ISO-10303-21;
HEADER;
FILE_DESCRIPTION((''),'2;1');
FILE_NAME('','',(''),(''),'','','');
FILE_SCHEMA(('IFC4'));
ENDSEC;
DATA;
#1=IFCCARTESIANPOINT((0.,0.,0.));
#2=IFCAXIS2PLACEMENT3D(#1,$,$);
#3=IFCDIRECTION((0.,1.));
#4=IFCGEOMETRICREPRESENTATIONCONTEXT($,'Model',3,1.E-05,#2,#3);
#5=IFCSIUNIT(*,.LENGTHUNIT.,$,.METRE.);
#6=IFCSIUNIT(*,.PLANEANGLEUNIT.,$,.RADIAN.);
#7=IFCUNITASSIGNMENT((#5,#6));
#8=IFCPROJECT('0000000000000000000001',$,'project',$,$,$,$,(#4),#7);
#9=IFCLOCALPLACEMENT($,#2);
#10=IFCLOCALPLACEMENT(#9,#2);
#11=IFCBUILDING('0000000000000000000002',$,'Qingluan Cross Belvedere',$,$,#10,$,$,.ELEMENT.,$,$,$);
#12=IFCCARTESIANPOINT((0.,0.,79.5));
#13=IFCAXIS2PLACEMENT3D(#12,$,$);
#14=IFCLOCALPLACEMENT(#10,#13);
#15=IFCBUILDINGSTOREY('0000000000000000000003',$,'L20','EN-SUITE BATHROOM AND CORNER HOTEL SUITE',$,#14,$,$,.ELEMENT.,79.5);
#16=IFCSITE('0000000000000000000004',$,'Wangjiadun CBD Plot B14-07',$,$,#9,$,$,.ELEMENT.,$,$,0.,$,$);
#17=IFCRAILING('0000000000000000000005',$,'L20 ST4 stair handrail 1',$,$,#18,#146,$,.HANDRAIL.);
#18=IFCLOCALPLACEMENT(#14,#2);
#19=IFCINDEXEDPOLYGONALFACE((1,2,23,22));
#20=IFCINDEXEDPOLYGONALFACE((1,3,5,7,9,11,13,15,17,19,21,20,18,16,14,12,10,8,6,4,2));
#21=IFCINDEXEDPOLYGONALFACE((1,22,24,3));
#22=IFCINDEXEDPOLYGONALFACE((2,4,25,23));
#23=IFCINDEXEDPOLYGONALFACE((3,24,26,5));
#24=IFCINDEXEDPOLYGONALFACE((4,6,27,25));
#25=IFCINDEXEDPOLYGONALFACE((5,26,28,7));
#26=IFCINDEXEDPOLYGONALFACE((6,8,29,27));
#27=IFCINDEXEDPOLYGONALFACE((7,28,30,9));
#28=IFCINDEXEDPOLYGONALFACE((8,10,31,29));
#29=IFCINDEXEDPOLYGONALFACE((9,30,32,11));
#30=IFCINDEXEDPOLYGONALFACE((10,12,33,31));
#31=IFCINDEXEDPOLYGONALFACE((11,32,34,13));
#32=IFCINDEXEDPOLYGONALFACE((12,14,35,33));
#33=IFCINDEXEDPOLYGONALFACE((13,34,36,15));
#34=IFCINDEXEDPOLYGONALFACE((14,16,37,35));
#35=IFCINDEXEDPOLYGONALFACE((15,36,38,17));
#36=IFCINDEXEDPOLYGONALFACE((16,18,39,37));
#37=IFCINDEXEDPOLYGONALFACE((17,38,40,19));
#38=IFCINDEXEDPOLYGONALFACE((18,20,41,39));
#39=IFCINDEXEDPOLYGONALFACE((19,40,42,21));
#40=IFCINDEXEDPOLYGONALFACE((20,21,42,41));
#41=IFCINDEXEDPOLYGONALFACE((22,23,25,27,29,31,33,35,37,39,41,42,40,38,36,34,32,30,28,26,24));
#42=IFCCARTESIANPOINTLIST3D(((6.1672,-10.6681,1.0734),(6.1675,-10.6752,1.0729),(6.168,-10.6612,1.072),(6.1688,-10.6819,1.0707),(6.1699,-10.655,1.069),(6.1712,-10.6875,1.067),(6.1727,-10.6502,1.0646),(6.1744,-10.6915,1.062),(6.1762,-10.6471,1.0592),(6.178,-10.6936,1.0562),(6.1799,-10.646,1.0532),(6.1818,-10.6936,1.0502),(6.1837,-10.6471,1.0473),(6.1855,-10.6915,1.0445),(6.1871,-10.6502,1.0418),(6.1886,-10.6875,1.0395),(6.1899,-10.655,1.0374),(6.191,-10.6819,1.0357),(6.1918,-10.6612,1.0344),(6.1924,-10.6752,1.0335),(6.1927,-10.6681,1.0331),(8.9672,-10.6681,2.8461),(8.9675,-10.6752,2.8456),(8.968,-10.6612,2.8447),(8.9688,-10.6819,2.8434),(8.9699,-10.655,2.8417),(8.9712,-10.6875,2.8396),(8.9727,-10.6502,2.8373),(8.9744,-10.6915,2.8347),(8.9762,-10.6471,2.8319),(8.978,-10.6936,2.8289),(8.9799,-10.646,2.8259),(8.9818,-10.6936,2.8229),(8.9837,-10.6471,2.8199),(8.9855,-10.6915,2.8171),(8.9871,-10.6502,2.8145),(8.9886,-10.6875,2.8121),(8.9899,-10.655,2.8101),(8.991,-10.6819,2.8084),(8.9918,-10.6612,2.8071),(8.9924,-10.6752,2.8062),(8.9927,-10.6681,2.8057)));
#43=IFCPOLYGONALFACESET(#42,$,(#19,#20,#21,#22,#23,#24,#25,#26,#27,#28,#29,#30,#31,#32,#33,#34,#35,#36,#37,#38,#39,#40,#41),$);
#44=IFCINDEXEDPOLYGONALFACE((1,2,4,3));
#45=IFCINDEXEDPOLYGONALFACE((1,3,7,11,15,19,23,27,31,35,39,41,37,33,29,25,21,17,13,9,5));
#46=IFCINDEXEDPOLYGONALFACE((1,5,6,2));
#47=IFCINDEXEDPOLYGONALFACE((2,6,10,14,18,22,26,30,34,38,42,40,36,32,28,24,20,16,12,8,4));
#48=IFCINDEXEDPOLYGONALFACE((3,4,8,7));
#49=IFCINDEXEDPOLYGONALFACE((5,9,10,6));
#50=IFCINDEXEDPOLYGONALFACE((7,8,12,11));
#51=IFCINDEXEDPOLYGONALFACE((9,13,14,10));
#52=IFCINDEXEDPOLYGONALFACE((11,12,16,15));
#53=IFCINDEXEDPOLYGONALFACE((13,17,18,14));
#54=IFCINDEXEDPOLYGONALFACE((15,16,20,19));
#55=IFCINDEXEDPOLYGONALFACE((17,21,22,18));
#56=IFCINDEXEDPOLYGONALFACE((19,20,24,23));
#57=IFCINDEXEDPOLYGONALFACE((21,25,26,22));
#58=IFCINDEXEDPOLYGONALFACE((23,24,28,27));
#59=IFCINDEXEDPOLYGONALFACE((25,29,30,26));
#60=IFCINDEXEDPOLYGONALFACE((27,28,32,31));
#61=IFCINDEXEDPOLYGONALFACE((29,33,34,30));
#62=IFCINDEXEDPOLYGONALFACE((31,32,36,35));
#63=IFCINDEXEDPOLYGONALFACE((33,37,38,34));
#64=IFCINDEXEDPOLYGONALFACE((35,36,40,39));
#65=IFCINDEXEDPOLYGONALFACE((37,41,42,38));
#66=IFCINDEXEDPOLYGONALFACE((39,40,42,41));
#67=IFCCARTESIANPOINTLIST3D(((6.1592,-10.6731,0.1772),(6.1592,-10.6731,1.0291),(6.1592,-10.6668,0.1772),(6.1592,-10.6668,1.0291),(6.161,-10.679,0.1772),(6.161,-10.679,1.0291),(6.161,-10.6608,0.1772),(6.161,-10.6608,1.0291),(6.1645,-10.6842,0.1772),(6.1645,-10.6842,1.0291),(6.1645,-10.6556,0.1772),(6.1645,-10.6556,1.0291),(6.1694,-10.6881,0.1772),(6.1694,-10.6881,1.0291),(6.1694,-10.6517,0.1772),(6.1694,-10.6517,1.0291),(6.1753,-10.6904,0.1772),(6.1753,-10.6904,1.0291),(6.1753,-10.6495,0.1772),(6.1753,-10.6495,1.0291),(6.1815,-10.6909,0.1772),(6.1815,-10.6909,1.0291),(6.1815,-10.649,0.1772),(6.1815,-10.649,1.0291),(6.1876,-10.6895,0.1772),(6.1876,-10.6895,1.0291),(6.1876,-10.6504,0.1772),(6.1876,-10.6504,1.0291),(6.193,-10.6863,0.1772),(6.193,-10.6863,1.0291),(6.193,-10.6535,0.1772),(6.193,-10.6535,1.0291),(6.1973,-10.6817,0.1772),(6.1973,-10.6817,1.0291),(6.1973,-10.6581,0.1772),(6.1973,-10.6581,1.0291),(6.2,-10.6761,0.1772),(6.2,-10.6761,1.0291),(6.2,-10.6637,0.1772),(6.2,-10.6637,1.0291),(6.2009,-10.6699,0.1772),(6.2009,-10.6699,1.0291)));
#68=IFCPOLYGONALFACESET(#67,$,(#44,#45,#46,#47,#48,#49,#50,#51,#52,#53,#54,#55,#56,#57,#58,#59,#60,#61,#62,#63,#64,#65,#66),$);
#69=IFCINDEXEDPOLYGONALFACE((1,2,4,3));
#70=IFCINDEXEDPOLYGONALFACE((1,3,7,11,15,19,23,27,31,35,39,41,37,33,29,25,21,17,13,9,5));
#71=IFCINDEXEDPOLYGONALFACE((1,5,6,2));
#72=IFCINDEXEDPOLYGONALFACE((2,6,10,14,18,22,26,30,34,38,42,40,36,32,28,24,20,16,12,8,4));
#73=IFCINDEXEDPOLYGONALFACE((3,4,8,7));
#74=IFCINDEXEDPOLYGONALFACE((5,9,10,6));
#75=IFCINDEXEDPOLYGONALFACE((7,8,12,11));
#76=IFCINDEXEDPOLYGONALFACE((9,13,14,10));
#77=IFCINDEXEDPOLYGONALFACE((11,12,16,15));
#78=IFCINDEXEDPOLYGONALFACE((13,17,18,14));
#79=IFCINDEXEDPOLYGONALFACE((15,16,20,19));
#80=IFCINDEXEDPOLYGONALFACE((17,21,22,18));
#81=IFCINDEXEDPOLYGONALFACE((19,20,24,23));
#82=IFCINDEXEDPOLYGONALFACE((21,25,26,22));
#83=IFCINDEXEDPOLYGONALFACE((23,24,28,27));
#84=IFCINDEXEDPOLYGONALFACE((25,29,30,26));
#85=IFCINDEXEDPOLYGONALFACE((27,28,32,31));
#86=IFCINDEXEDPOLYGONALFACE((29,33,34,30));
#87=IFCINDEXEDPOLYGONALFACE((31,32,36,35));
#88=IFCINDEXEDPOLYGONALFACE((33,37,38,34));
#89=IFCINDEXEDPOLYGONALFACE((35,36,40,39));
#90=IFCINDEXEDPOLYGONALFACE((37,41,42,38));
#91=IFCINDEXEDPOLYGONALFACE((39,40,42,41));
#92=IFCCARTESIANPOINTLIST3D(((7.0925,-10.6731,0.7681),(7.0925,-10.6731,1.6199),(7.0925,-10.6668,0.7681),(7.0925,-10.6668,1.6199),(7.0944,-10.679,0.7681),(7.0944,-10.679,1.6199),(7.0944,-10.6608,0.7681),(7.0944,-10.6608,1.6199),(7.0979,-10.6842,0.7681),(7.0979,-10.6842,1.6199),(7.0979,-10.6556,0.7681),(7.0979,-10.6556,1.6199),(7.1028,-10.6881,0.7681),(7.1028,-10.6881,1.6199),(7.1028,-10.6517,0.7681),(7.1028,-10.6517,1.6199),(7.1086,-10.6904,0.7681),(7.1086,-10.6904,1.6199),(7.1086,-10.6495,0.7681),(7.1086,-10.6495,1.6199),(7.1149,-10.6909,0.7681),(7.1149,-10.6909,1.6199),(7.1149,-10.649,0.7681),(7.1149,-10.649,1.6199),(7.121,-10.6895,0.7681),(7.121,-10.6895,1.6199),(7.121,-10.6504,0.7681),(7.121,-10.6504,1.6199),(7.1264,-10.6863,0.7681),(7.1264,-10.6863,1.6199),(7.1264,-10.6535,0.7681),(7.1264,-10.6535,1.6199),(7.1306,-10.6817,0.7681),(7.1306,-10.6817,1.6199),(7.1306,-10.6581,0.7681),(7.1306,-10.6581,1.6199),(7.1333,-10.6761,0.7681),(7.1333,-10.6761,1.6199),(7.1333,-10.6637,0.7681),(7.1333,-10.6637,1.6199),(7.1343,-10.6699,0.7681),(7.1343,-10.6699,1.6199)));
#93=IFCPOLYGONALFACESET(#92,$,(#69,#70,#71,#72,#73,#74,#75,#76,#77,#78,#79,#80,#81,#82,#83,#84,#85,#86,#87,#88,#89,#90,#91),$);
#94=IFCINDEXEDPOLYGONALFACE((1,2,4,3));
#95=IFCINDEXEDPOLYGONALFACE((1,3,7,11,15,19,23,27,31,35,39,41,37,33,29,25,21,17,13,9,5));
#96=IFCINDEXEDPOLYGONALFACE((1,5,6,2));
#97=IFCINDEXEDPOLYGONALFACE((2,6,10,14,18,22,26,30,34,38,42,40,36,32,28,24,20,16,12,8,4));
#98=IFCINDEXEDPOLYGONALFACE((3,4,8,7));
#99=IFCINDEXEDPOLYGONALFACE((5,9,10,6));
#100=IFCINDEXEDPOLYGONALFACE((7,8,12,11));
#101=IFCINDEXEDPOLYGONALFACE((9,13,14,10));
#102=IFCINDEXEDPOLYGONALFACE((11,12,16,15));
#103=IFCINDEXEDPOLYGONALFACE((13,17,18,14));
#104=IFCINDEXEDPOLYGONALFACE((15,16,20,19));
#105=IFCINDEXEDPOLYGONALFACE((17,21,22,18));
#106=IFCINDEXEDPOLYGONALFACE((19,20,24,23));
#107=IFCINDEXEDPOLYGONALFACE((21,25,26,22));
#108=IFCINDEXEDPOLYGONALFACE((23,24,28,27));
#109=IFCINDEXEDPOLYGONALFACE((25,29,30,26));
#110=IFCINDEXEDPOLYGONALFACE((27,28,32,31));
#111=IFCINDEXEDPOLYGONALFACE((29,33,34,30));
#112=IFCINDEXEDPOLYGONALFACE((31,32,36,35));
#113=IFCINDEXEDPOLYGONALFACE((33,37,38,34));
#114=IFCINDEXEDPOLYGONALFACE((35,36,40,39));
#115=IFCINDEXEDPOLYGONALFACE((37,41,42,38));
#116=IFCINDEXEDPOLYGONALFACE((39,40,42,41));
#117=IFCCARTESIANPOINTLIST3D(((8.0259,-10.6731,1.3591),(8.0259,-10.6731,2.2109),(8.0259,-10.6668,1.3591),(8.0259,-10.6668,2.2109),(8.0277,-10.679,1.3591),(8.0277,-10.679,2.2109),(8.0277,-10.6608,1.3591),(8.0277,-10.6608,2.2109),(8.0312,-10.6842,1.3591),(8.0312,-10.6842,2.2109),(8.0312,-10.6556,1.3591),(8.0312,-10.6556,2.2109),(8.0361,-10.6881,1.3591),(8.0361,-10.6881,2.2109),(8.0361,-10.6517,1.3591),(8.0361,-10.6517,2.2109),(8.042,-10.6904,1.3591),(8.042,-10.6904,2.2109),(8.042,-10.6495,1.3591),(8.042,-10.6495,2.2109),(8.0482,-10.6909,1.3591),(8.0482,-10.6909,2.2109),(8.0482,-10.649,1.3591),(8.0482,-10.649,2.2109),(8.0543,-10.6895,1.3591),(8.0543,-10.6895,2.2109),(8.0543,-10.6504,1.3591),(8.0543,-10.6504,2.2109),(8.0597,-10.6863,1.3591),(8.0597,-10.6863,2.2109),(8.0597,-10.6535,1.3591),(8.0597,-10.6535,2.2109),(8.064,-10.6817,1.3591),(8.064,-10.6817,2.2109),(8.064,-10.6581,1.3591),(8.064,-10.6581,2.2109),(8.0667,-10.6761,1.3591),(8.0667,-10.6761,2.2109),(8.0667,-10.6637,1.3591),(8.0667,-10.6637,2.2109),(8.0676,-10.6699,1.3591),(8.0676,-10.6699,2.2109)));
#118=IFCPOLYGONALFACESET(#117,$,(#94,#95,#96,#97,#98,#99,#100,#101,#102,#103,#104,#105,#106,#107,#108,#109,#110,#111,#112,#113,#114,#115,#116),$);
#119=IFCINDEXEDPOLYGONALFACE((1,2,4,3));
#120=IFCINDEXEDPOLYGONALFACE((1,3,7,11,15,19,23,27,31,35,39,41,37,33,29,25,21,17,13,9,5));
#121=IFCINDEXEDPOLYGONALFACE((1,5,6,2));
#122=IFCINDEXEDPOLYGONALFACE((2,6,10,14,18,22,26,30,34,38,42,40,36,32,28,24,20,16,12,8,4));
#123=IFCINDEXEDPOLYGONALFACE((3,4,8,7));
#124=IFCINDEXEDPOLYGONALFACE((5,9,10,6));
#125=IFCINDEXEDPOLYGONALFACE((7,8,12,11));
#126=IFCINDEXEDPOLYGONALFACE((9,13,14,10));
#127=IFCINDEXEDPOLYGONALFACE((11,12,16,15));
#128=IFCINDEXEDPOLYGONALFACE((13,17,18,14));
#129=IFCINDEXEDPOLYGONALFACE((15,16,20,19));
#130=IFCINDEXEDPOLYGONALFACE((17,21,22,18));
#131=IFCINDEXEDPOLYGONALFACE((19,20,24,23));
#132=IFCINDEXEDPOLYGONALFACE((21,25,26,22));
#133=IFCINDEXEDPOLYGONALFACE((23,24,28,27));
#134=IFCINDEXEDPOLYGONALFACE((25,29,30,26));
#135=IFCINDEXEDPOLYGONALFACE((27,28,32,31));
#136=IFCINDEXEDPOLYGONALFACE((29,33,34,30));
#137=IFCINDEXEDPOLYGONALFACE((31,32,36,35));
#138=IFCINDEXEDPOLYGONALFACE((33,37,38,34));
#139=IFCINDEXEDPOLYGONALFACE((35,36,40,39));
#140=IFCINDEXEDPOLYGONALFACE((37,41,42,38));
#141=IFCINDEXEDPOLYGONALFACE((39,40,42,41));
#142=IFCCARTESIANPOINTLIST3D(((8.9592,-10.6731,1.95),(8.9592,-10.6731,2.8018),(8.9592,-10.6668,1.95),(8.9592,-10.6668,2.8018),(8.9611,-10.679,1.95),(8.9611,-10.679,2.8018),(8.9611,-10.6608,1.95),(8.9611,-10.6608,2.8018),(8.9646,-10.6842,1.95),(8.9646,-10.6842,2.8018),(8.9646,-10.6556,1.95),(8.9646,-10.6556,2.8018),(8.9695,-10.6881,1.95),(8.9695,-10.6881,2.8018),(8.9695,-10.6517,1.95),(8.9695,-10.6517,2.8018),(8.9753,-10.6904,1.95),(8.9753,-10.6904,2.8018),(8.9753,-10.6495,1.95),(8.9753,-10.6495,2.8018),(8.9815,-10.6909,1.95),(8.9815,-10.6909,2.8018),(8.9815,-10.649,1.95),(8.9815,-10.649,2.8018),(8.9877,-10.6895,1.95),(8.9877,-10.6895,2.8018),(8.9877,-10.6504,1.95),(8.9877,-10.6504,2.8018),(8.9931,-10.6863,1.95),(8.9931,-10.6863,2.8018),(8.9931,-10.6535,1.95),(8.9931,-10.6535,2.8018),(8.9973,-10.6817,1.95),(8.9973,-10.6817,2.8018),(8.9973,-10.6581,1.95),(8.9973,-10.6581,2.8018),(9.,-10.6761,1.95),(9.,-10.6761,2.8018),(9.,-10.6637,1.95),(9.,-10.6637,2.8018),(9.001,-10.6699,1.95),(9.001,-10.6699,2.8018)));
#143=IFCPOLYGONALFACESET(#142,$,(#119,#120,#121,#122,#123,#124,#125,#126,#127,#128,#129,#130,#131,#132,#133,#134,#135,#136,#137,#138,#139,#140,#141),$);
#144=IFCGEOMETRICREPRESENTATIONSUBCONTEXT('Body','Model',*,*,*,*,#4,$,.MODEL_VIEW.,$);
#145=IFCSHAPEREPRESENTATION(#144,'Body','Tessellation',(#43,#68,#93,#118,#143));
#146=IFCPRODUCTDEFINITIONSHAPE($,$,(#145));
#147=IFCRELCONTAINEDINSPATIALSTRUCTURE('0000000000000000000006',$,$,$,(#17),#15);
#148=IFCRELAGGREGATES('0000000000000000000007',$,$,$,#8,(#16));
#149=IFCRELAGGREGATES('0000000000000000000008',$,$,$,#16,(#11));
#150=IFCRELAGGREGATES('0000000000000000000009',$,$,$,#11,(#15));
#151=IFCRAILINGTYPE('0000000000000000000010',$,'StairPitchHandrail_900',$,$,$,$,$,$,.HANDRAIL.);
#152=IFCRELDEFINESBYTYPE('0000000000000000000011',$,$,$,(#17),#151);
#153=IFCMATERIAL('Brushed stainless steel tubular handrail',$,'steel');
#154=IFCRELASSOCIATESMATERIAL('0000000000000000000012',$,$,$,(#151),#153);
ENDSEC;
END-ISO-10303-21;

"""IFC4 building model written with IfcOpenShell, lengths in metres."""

from ifc_helpers import new_model, si_unit, direction, frame, origin, origin_2d, place, context, subcontext, project, spatial, circle, extrude, material, type_object, element, save


model = new_model("IFC4")

# Units and contexts
model_context = context("Model", 3, precision=1e-05, world=origin(), true_north=direction((0.0, 1.0)))
body_context = subcontext(model_context, "Body", "Model", "MODEL_VIEW")
ifc_project = project(units=[si_unit("LENGTHUNIT", "METRE"), si_unit("PLANEANGLEUNIT", "RADIAN")], contexts=[model_context])

# Site, building, storey
site_placement = place(None, origin())
site = spatial("IfcSite", under=ifc_project, at=site_placement, Name="Wangjiadun CBD Plot B14-07", CompositionType="ELEMENT", RefElevation=0.0)
building_placement = place(site_placement, origin())
building = spatial("IfcBuilding", under=site, at=building_placement, Name="Qingluan Cross Belvedere", CompositionType="ELEMENT")
storey_placement = place(building_placement, frame((0.0, 0.0, 79.5)))
storey = spatial("IfcBuildingStorey", under=building, at=storey_placement, Name="L20", Description="EN-SUITE BATHROOM AND CORNER HOTEL SUITE", CompositionType="ELEMENT", Elevation=79.5)

# Railing
ifc_material_1 = material(Name="Brushed stainless steel tubular handrail", Category="steel")
railing_type_1 = type_object("IfcRailingType", Name="StairPitchHandrail_900", PredefinedType="HANDRAIL", material=ifc_material_1)
for number, where, name in (
    (1, (6.1799, -10.6699, 0.1772), "L20 ST4 stair handrail 1"),
):
    element("IfcRailing", number, at=place(storey_placement, frame(where)), inside=storey, type_object=railing_type_1, Name=name, PredefinedType="HANDRAIL", context=body_context, shape_type="SweptSolid", body=[
        extrude(circle(Radius=0.0239, at=origin_2d()), frame((0.0, 0.0, 0.876), z_axis=(0.844909, 0.0, 0.53491), x_axis=(0.0, 1.0, 0.0)), (0.0, 0.0, 1.0), 3.314),
        extrude(circle(Radius=0.021, at=origin_2d()), origin(), (0.0, 0.0, 1.0), 0.8518),
        extrude(circle(Radius=0.021, at=origin_2d()), frame((0.9333, 0.0, 0.5908)), (0.0, 0.0, 1.0), 0.8518),
        extrude(circle(Radius=0.021, at=origin_2d()), frame((1.8667, 0.0, 1.1819)), (0.0, 0.0, 1.0), 0.8518),
        extrude(circle(Radius=0.021, at=origin_2d()), frame((2.8, 0.0, 1.7727)), (0.0, 0.0, 1.0), 0.8518),
    ])

save(model, "model.ifc")
